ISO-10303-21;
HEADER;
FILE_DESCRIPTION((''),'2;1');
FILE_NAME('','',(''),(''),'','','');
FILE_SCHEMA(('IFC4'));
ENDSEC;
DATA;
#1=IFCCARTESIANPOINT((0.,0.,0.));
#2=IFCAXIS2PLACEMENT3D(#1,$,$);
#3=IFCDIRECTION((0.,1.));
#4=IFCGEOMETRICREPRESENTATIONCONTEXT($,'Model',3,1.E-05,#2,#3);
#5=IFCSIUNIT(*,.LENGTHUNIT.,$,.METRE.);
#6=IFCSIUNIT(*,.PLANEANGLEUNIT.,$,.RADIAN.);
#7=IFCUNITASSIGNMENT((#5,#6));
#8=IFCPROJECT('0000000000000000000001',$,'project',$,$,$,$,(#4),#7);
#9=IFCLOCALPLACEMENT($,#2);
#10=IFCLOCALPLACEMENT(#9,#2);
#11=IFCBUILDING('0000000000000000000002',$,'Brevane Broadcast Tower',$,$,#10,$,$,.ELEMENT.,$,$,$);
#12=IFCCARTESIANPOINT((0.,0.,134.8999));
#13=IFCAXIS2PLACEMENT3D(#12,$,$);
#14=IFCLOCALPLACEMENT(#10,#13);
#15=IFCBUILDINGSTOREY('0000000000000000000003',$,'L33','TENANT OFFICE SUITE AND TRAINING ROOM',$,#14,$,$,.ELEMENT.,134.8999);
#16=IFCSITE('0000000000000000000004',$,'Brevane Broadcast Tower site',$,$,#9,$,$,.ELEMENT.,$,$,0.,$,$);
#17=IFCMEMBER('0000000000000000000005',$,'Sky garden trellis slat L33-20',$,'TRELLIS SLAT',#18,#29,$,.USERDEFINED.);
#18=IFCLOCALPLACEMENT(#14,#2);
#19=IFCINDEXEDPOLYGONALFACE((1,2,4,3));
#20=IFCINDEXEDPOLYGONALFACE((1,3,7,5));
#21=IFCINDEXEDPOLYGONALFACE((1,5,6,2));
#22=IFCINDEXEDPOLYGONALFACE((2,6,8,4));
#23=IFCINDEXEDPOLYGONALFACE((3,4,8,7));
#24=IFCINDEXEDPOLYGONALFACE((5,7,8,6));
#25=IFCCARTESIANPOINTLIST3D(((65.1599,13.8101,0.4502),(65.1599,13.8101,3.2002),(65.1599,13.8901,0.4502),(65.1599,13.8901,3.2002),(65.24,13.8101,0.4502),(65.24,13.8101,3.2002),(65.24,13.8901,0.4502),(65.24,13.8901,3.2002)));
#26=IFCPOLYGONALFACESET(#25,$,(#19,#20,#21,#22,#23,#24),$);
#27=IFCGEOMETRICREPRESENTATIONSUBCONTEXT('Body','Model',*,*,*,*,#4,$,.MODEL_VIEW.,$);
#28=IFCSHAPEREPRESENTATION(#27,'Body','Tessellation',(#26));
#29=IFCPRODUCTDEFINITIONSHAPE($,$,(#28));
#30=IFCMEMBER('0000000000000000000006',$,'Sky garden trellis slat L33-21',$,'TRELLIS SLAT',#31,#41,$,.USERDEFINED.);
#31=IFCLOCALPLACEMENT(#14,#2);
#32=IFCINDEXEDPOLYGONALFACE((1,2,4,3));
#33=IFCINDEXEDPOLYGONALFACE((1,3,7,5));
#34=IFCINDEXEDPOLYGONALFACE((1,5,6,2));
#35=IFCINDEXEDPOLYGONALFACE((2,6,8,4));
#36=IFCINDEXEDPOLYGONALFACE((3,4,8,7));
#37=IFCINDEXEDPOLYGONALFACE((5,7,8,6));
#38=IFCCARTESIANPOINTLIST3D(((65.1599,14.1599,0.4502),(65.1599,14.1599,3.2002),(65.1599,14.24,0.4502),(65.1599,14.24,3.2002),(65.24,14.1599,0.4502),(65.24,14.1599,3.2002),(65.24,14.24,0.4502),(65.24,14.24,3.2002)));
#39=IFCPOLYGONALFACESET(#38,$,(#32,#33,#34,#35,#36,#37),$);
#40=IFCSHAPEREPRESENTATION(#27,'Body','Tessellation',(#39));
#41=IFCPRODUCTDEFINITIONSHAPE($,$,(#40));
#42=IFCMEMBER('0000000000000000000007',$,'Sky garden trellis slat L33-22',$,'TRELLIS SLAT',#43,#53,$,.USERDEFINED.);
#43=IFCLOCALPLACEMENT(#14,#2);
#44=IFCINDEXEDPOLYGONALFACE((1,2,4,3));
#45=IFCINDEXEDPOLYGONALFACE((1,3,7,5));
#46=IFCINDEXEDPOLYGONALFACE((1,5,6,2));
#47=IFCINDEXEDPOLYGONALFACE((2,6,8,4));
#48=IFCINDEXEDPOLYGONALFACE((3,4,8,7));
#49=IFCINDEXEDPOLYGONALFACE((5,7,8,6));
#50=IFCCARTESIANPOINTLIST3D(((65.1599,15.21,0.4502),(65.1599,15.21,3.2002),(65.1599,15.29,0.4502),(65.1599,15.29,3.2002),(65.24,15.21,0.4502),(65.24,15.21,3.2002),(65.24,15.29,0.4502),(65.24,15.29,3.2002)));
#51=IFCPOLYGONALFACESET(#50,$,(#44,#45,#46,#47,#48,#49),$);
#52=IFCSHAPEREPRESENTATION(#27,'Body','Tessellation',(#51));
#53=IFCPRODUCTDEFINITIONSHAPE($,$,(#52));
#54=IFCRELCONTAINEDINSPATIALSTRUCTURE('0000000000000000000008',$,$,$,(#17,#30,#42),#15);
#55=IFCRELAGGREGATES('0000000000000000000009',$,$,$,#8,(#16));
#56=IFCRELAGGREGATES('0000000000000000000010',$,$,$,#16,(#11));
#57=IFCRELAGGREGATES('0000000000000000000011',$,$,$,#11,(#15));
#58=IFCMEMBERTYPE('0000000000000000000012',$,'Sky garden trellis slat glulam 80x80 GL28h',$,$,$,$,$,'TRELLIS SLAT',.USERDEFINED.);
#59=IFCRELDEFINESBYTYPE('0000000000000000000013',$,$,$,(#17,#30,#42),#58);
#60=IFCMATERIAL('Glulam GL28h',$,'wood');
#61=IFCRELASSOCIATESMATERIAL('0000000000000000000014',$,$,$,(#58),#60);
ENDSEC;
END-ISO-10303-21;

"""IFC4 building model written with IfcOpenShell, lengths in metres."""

from ifc_helpers import new_model, si_unit, direction, frame, origin, origin_2d, place, context, subcontext, project, spatial, rectangle, extrude, material, material_profile, profile_set, type_object, element, save


model = new_model("IFC4")

# Units and contexts
model_context = context("Model", 3, precision=1e-05, world=origin(), true_north=direction((0.0, 1.0)))
body_context = subcontext(model_context, "Body", "Model", "MODEL_VIEW")
ifc_project = project(units=[si_unit("LENGTHUNIT", "METRE"), si_unit("PLANEANGLEUNIT", "RADIAN")], contexts=[model_context])

# Site, building, storey
site_placement = place(None, origin())
site = spatial("IfcSite", under=ifc_project, at=site_placement, Name="Brevane Broadcast Tower site", CompositionType="ELEMENT", RefElevation=0.0)
building_placement = place(site_placement, origin())
building = spatial("IfcBuilding", under=site, at=building_placement, Name="Brevane Broadcast Tower", CompositionType="ELEMENT")
storey_placement = place(building_placement, frame((0.0, 0.0, 134.8999)))
storey = spatial("IfcBuildingStorey", under=building, at=storey_placement, Name="L33", Description="TENANT OFFICE SUITE AND TRAINING ROOM", CompositionType="ELEMENT", Elevation=134.8999)

# Members
ifc_material_1 = material(Name="Glulam GL28h", Category="wood")
ifc_material_profile_1 = material_profile(ifc_material_1, rectangle(XDim=0.0801, YDim=0.0801, at=origin_2d()), Name="RECT 80x80")
ifc_profile_set_1 = profile_set([ifc_material_profile_1], Name="Glulam GL28h")
member_type_1 = type_object("IfcMemberType", Name="Sky garden trellis slat glulam 80x80 GL28h", ElementType="TRELLIS SLAT", PredefinedType="USERDEFINED", material=ifc_profile_set_1)
for number, where, z_axis, x_axis, name in (
    (1, (65.2, 13.8501, 0.4502), (0.0, 0.0, 1.0), (1.0, 0.0, 0.0), "Sky garden trellis slat L33-20"),
    (2, (65.2, 14.2, 0.4502), (0.0, 0.0, 1.0), (1.0, 0.0, 0.0), "Sky garden trellis slat L33-21"),
    (3, (65.2, 15.25, 0.4502), (0.0, 0.0, 1.0), (1.0, 0.0, 0.0), "Sky garden trellis slat L33-22"),
):
    element("IfcMember", number, at=place(storey_placement, frame(where, z_axis=z_axis, x_axis=x_axis)), inside=storey, type_object=member_type_1, Name=name, ObjectType="TRELLIS SLAT", PredefinedType="USERDEFINED", context=body_context, shape_type="SweptSolid", body=[
        extrude(rectangle(XDim=0.0801, YDim=0.0801, at=origin_2d()), origin(), (0.0, 0.0, 1.0), 2.75),
    ])

save(model, "model.ifc")
